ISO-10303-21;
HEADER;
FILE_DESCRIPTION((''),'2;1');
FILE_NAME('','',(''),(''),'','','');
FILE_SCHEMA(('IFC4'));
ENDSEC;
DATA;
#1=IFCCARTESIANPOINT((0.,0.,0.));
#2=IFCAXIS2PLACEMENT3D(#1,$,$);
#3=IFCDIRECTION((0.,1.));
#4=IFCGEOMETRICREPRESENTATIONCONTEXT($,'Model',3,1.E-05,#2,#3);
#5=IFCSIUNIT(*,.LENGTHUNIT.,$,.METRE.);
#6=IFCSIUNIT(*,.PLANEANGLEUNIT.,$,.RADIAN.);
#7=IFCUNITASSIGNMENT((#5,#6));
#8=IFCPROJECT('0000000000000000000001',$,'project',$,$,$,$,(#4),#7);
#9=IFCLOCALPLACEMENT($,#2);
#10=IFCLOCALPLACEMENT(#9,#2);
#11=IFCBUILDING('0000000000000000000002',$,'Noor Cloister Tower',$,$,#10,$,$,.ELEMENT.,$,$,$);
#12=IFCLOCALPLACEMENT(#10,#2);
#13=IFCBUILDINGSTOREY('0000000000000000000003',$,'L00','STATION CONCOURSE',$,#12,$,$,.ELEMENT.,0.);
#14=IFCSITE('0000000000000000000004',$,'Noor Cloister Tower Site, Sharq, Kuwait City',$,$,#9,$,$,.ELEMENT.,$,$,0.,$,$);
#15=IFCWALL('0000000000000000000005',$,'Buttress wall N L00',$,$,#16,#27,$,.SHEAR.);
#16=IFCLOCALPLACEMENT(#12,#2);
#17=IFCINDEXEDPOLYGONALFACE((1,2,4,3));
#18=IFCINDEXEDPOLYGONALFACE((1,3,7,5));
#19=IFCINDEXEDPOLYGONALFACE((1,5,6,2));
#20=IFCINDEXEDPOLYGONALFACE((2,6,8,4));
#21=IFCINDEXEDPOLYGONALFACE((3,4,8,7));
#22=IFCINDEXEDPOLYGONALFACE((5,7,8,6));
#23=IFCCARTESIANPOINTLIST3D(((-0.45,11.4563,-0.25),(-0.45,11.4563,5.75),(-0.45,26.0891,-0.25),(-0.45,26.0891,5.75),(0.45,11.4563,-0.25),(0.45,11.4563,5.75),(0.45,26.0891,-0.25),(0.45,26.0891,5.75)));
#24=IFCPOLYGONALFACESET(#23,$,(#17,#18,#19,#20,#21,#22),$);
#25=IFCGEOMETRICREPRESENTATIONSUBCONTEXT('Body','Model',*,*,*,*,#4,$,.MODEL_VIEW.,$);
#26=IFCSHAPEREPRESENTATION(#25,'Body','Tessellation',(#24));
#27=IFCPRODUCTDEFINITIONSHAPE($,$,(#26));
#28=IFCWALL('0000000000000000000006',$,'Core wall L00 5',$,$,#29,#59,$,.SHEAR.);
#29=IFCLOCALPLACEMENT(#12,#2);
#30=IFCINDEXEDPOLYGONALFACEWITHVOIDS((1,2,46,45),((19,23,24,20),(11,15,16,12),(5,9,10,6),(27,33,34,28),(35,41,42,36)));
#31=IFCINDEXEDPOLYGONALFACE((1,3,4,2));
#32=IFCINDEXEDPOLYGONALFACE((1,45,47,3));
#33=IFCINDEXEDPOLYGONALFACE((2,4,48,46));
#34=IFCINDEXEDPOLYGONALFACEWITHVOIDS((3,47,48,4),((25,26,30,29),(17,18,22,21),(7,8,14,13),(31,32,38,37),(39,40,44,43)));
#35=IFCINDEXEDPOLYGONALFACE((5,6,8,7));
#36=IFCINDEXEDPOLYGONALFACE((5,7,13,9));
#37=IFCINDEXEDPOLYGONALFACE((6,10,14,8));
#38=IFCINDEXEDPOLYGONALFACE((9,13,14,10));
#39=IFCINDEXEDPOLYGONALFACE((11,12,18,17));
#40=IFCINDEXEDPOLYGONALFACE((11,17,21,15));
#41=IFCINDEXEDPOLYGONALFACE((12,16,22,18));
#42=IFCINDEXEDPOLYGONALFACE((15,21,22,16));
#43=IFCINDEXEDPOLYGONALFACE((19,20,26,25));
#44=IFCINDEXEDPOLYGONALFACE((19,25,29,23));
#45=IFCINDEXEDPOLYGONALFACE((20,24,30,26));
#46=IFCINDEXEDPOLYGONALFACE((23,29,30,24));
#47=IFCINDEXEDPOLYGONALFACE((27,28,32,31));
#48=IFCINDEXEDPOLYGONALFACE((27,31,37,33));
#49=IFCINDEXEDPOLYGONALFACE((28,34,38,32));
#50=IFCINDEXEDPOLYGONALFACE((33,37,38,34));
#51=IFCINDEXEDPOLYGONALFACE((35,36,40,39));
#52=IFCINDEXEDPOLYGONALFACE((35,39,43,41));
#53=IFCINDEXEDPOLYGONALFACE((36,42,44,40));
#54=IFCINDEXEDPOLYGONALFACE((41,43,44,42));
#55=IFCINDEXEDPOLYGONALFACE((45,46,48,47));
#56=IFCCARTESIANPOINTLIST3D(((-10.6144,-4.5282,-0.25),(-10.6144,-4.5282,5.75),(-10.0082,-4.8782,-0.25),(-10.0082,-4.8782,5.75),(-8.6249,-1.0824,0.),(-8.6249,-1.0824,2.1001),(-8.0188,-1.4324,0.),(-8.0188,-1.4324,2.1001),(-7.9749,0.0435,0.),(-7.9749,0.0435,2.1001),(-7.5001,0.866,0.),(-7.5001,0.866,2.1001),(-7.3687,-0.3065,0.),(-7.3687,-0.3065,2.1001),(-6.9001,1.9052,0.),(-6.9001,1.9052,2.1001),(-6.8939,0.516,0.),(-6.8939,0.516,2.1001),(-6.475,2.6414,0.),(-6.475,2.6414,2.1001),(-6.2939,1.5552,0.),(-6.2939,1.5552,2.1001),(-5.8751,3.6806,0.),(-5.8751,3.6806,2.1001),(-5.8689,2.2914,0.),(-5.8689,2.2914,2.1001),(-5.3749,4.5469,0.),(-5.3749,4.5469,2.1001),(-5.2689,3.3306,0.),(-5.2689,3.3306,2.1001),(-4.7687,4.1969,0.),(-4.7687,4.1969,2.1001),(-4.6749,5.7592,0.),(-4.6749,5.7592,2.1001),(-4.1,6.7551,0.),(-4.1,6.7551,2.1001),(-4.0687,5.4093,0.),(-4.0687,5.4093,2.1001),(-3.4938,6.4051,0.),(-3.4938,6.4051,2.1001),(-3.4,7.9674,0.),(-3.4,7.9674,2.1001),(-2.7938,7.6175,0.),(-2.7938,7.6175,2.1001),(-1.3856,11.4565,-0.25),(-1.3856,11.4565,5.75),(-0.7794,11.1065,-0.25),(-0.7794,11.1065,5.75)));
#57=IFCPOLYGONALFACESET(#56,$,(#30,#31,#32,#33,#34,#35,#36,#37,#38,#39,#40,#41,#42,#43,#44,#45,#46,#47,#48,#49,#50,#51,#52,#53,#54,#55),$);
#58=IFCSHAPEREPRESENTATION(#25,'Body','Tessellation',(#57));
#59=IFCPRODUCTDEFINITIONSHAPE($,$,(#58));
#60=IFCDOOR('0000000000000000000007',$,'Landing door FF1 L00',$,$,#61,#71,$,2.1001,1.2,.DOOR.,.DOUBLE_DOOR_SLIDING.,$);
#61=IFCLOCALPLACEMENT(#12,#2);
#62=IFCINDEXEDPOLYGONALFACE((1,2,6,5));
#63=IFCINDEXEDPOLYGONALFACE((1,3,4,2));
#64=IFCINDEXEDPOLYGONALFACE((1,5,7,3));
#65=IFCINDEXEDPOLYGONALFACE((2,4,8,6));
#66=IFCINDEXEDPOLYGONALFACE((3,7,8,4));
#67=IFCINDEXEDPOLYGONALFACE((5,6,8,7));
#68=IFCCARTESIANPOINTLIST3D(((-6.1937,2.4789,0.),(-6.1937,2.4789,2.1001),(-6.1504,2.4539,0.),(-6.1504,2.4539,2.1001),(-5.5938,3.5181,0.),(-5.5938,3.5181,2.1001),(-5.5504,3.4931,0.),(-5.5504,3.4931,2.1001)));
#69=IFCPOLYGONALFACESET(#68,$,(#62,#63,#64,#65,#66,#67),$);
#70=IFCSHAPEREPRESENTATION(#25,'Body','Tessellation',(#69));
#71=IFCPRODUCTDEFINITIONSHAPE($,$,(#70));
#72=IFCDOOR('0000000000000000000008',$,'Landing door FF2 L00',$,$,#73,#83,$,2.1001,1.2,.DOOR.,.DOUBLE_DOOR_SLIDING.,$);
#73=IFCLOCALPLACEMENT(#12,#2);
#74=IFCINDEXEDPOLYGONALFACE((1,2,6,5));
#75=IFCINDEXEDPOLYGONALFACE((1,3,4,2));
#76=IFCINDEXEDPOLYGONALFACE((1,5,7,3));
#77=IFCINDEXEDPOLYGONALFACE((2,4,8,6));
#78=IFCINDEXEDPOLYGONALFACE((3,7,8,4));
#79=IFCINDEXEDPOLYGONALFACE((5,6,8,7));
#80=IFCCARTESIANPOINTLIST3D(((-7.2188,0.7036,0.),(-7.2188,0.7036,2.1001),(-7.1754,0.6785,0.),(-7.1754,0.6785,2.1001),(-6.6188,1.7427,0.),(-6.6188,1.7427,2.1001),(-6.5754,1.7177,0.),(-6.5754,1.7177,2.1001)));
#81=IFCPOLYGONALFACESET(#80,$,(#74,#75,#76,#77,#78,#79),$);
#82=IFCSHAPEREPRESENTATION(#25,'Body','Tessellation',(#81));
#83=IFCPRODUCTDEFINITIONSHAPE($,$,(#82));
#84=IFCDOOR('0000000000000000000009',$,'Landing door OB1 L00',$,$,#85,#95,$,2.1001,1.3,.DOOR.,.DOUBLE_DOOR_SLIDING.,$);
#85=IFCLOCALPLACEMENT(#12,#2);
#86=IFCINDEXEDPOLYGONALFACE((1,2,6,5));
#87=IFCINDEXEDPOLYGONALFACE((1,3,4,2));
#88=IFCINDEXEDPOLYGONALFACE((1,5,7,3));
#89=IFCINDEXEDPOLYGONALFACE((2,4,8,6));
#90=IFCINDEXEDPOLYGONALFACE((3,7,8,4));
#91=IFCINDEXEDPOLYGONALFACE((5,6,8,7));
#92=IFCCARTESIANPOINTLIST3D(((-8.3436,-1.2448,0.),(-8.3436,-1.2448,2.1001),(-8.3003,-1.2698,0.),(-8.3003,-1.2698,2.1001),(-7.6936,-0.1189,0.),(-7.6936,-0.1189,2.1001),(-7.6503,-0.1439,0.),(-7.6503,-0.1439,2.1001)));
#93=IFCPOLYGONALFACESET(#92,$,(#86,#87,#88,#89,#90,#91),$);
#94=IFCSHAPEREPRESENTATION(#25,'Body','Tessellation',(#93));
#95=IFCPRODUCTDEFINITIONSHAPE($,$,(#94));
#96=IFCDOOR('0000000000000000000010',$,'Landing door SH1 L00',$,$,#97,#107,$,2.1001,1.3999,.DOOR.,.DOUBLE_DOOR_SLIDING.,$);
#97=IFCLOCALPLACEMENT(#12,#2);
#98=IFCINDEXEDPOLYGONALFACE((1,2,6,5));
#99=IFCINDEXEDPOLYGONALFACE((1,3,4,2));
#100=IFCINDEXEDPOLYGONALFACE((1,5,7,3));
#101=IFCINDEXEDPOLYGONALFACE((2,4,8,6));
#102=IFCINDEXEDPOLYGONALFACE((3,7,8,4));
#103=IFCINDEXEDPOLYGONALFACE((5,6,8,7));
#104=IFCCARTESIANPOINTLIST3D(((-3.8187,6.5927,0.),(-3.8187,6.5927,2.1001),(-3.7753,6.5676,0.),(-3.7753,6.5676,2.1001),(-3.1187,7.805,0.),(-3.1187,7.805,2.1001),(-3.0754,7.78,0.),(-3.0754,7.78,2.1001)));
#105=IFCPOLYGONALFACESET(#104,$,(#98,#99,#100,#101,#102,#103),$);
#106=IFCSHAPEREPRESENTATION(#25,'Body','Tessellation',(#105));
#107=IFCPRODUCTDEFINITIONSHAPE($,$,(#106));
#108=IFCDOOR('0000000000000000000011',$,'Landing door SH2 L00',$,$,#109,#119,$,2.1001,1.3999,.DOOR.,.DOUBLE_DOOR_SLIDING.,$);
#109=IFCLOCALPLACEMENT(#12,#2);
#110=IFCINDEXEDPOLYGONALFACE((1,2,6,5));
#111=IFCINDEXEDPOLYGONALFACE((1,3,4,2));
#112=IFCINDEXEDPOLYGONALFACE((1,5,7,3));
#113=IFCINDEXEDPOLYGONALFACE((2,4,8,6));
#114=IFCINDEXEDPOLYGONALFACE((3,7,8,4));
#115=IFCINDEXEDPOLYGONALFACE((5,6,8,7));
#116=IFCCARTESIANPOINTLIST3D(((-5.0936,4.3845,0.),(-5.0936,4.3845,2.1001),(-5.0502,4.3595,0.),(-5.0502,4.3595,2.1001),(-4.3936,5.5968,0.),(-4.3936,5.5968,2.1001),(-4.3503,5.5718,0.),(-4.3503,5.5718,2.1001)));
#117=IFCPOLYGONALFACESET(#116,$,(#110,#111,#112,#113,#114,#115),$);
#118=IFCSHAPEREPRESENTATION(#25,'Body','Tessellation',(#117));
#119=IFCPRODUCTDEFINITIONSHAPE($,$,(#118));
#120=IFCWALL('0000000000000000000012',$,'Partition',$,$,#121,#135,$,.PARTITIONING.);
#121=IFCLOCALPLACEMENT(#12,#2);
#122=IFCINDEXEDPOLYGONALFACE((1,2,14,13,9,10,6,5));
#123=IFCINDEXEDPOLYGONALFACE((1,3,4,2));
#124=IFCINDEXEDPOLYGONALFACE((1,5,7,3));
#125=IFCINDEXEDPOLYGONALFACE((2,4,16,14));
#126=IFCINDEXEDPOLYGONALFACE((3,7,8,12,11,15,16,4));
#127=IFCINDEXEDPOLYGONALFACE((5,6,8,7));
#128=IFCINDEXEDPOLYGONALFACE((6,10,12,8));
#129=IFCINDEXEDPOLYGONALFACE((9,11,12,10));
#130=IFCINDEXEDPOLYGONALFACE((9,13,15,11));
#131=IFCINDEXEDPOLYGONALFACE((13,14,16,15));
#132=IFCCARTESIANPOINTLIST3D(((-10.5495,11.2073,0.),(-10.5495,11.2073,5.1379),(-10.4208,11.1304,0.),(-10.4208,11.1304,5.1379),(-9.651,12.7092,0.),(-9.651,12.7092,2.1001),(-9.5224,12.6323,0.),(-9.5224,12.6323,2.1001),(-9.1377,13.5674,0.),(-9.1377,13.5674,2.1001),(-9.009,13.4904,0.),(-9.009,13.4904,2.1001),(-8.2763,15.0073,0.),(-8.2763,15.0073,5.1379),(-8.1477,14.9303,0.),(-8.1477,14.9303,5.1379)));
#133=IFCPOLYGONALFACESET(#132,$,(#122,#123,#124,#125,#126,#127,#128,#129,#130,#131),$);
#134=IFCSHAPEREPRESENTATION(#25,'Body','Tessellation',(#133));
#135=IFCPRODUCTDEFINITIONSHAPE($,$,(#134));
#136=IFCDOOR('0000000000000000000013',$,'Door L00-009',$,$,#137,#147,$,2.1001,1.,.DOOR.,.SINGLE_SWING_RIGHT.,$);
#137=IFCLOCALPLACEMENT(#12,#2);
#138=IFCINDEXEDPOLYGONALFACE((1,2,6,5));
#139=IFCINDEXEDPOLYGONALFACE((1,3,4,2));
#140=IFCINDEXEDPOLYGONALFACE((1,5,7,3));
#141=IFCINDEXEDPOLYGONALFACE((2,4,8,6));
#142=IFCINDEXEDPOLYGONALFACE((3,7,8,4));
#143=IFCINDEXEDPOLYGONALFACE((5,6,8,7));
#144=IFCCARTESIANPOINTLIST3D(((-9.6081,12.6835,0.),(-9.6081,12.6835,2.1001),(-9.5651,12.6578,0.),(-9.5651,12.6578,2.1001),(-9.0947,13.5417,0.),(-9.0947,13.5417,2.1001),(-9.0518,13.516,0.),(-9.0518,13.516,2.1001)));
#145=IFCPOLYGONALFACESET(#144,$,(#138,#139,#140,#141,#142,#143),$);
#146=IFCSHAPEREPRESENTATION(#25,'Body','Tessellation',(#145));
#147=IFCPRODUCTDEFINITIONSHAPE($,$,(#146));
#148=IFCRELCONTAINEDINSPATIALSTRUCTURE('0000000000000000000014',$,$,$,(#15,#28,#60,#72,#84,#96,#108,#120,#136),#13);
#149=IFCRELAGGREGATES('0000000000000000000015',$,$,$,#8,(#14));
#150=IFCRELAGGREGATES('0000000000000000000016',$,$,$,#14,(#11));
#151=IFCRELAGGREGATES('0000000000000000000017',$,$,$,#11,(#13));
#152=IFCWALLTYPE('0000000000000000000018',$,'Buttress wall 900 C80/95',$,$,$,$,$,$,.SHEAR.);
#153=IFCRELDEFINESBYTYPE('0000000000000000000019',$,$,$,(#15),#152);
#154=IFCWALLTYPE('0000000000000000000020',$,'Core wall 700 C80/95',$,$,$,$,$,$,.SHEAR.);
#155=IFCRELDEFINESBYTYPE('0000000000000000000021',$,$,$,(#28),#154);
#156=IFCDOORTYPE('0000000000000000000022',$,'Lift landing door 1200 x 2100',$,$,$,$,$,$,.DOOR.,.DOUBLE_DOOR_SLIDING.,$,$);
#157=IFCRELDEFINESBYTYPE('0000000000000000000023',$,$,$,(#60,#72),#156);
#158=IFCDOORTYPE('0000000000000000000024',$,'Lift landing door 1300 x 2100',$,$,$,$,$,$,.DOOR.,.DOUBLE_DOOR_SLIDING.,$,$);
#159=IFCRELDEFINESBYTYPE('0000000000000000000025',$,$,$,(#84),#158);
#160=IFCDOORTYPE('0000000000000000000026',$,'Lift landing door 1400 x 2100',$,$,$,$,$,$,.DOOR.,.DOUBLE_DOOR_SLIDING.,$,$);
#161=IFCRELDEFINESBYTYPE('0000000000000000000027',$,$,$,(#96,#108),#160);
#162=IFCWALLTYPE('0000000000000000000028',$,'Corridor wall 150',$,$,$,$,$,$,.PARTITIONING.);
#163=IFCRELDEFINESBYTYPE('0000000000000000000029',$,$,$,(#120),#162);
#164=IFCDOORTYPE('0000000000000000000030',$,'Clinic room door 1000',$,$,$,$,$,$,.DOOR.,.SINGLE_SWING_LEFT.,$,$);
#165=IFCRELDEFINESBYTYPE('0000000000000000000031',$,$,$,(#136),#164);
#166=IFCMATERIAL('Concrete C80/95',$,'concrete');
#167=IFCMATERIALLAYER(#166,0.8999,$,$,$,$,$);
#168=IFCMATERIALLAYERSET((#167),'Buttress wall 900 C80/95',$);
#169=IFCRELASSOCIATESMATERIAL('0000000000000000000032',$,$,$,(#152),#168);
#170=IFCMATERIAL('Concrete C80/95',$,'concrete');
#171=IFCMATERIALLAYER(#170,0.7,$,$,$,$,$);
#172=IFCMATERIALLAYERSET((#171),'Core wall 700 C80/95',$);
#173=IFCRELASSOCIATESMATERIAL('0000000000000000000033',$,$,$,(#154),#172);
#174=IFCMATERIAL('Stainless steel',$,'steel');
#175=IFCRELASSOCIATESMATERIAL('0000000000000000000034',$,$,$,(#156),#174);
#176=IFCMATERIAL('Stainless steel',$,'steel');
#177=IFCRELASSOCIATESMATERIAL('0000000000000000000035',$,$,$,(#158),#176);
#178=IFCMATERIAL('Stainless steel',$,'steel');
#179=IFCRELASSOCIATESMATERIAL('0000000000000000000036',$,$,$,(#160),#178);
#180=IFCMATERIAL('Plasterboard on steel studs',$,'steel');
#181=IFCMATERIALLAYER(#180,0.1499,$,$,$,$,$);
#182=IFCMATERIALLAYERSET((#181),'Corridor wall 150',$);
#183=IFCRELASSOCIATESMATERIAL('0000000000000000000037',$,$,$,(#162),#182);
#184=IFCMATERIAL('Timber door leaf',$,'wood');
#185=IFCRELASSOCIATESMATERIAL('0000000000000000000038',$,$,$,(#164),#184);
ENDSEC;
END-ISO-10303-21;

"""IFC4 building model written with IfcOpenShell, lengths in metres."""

from ifc_helpers import new_model, si_unit, direction, frame, frame_2d, origin, place, context, subcontext, project, spatial, rectangle, extrude, material, layer, layer_set, type_object, element, fill, save


model = new_model("IFC4")

# Units and contexts
model_context = context("Model", 3, precision=1e-05, world=origin(), true_north=direction((0.0, 1.0)))
body_context = subcontext(model_context, "Body", "Model", "MODEL_VIEW")
ifc_project = project(units=[si_unit("LENGTHUNIT", "METRE"), si_unit("PLANEANGLEUNIT", "RADIAN")], contexts=[model_context])

# Site, building, storey
site_placement = place(None, origin())
site = spatial("IfcSite", under=ifc_project, at=site_placement, Name="Noor Cloister Tower Site, Sharq, Kuwait City", CompositionType="ELEMENT", RefElevation=0.0)
building_placement = place(site_placement, origin())
building = spatial("IfcBuilding", under=site, at=building_placement, Name="Noor Cloister Tower", CompositionType="ELEMENT")
storey_placement = place(building_placement, origin())
storey = spatial("IfcBuildingStorey", under=building, at=storey_placement, Name="L00", Description="STATION CONCOURSE", CompositionType="ELEMENT", Elevation=0.0)

# Wall
ifc_material_1 = material(Name="Concrete C80/95", Category="concrete")
ifc_layer_1 = layer(ifc_material_1, 0.8999)
ifc_layer_set_1 = layer_set([ifc_layer_1], Name="Buttress wall 900 C80/95")
wall_type_1 = type_object("IfcWallType", Name="Buttress wall 900 C80/95", PredefinedType="SHEAR", material=ifc_layer_set_1)
wall_1_placement = place(storey_placement, frame((0.0, 11.4563, -0.25), z_axis=(0.0, 0.0, 1.0), x_axis=(0.0, 1.0, 0.0)))
element("IfcWall", 1, at=wall_1_placement, inside=storey, type_object=wall_type_1, Name="Buttress wall N L00", PredefinedType="SHEAR", context=body_context, shape_type="SweptSolid", body=[
    extrude(rectangle(XDim=14.6328, YDim=0.8999, at=frame_2d((7.3164, 0.0))), origin(), (0.0, 0.0, 1.0), 6.0),
])

# Wall, openings, doors
ifc_material_2 = material(Name="Concrete C80/95", Category="concrete")
ifc_layer_2 = layer(ifc_material_2, 0.7)
ifc_layer_set_2 = layer_set([ifc_layer_2], Name="Core wall 700 C80/95")
wall_type_2 = type_object("IfcWallType", Name="Core wall 700 C80/95", PredefinedType="SHEAR", material=ifc_layer_set_2)
wall_2_placement = place(storey_placement, frame((-1.0825, 11.2815, -0.25), z_axis=(0.0, 0.0, 1.0), x_axis=(-0.500001, -0.866025, 0.0)))
wall_2 = element("IfcWall", 2, at=wall_2_placement, inside=storey, type_object=wall_type_2, Name="Core wall L00 5", PredefinedType="SHEAR", context=body_context, shape_type="SweptSolid", body=[
    extrude(rectangle(XDim=18.4575, YDim=0.7, at=frame_2d((9.2288, 0.0))), origin(), (0.0, 0.0, 1.0), 6.0),
])
opening_1_placement = place(wall_2_placement, frame((4.0288, 0.0, 0.25)))
opening_1 = element("IfcOpeningElement", 3, at=opening_1_placement, cuts=wall_2, PredefinedType="OPENING", context=body_context, shape_type="SweptSolid", body=[
    extrude(rectangle(XDim=1.3999, YDim=2.1001, at=frame_2d((0.7, 1.05))), frame((0.0, 0.3599, 0.0), z_axis=(0.0, -1.0, 0.0), x_axis=(1.0, 0.0, 0.0)), (0.0, 0.0, 1.0), 0.72),
])
opening_2_placement = place(wall_2_placement, frame((6.5786, 0.0, 0.25)))
opening_2 = element("IfcOpeningElement", 4, at=opening_2_placement, cuts=wall_2, PredefinedType="OPENING", context=body_context, shape_type="SweptSolid", body=[
    extrude(rectangle(XDim=1.3999, YDim=2.1001, at=frame_2d((0.7, 1.05))), frame((0.0, 0.3599, 0.0), z_axis=(0.0, -1.0, 0.0), x_axis=(1.0, 0.0, 0.0)), (0.0, 0.0, 1.0), 0.72),
])
opening_3_placement = place(wall_2_placement, frame((8.9788, 0.0, 0.25)))
opening_3 = element("IfcOpeningElement", 5, at=opening_3_placement, cuts=wall_2, PredefinedType="OPENING", context=body_context, shape_type="SweptSolid", body=[
    extrude(rectangle(XDim=1.2, YDim=2.1001, at=frame_2d((0.6001, 1.05))), frame((0.0, 0.3599, 0.0), z_axis=(0.0, -1.0, 0.0), x_axis=(1.0, 0.0, 0.0)), (0.0, 0.0, 1.0), 0.72),
])
opening_4_placement = place(wall_2_placement, frame((11.0288, 0.0, 0.25)))
opening_4 = element("IfcOpeningElement", 6, at=opening_4_placement, cuts=wall_2, PredefinedType="OPENING", context=body_context, shape_type="SweptSolid", body=[
    extrude(rectangle(XDim=1.2, YDim=2.1001, at=frame_2d((0.6001, 1.05))), frame((0.0, 0.3599, 0.0), z_axis=(0.0, -1.0, 0.0), x_axis=(1.0, 0.0, 0.0)), (0.0, 0.0, 1.0), 0.72),
])
opening_5_placement = place(wall_2_placement, frame((13.1787, 0.0, 0.25)))
opening_5 = element("IfcOpeningElement", 7, at=opening_5_placement, cuts=wall_2, PredefinedType="OPENING", context=body_context, shape_type="SweptSolid", body=[
    extrude(rectangle(XDim=1.3, YDim=2.1001, at=frame_2d((0.6499, 1.05))), frame((0.0, 0.3599, 0.0), z_axis=(0.0, -1.0, 0.0), x_axis=(1.0, 0.0, 0.0)), (0.0, 0.0, 1.0), 0.72),
])
ifc_material_3 = material(Name="Stainless steel", Category="steel")
door_type_1 = type_object("IfcDoorType", Name="Lift landing door 1200 x 2100", OperationType="DOUBLE_DOOR_SLIDING", PredefinedType="DOOR", material=ifc_material_3)
door_1_placement = place(opening_3_placement, origin())
door_1 = element("IfcDoor", 8, at=door_1_placement, inside=storey, type_object=door_type_1, Name="Landing door FF1 L00", OperationType="DOUBLE_DOOR_SLIDING", OverallHeight=2.1001, OverallWidth=1.2, PredefinedType="DOOR", context=body_context, shape_type="SweptSolid", body=[
    extrude(rectangle(XDim=1.2, YDim=2.1001, at=frame_2d((0.6001, 1.05))), frame((0.0, 0.0249, 0.0), z_axis=(0.0, -1.0, 0.0), x_axis=(1.0, 0.0, 0.0)), (0.0, 0.0, 1.0), 0.05),
])
fill(opening_3, door_1)
door_2_placement = place(opening_4_placement, origin())
door_2 = element("IfcDoor", 9, at=door_2_placement, inside=storey, type_object=door_type_1, Name="Landing door FF2 L00", OperationType="DOUBLE_DOOR_SLIDING", OverallHeight=2.1001, OverallWidth=1.2, PredefinedType="DOOR", context=body_context, shape_type="SweptSolid", body=[
    extrude(rectangle(XDim=1.2, YDim=2.1001, at=frame_2d((0.6001, 1.05))), frame((0.0, 0.0249, 0.0), z_axis=(0.0, -1.0, 0.0), x_axis=(1.0, 0.0, 0.0)), (0.0, 0.0, 1.0), 0.05),
])
fill(opening_4, door_2)
ifc_material_4 = material(Name="Stainless steel", Category="steel")
door_type_2 = type_object("IfcDoorType", Name="Lift landing door 1300 x 2100", OperationType="DOUBLE_DOOR_SLIDING", PredefinedType="DOOR", material=ifc_material_4)
door_3_placement = place(opening_5_placement, origin())
door_3 = element("IfcDoor", 10, at=door_3_placement, inside=storey, type_object=door_type_2, Name="Landing door OB1 L00", OperationType="DOUBLE_DOOR_SLIDING", OverallHeight=2.1001, OverallWidth=1.3, PredefinedType="DOOR", context=body_context, shape_type="SweptSolid", body=[
    extrude(rectangle(XDim=1.3, YDim=2.1001, at=frame_2d((0.6499, 1.05))), frame((0.0, 0.0249, 0.0), z_axis=(0.0, -1.0, 0.0), x_axis=(1.0, 0.0, 0.0)), (0.0, 0.0, 1.0), 0.05),
])
fill(opening_5, door_3)
ifc_material_5 = material(Name="Stainless steel", Category="steel")
door_type_3 = type_object("IfcDoorType", Name="Lift landing door 1400 x 2100", OperationType="DOUBLE_DOOR_SLIDING", PredefinedType="DOOR", material=ifc_material_5)
door_4_placement = place(opening_1_placement, origin())
door_4 = element("IfcDoor", 11, at=door_4_placement, inside=storey, type_object=door_type_3, Name="Landing door SH1 L00", OperationType="DOUBLE_DOOR_SLIDING", OverallHeight=2.1001, OverallWidth=1.3999, PredefinedType="DOOR", context=body_context, shape_type="SweptSolid", body=[
    extrude(rectangle(XDim=1.3999, YDim=2.1001, at=frame_2d((0.7, 1.05))), frame((0.0, 0.0249, 0.0), z_axis=(0.0, -1.0, 0.0), x_axis=(1.0, 0.0, 0.0)), (0.0, 0.0, 1.0), 0.05),
])
fill(opening_1, door_4)
door_5_placement = place(opening_2_placement, origin())
door_5 = element("IfcDoor", 12, at=door_5_placement, inside=storey, type_object=door_type_3, Name="Landing door SH2 L00", OperationType="DOUBLE_DOOR_SLIDING", OverallHeight=2.1001, OverallWidth=1.3999, PredefinedType="DOOR", context=body_context, shape_type="SweptSolid", body=[
    extrude(rectangle(XDim=1.3999, YDim=2.1001, at=frame_2d((0.7, 1.05))), frame((0.0, 0.0249, 0.0), z_axis=(0.0, -1.0, 0.0), x_axis=(1.0, 0.0, 0.0)), (0.0, 0.0, 1.0), 0.05),
])
fill(opening_2, door_5)

# Wall, opening, door
ifc_material_6 = material(Name="Plasterboard on steel studs", Category="steel")
ifc_layer_3 = layer(ifc_material_6, 0.1499)
ifc_layer_set_3 = layer_set([ifc_layer_3], Name="Corridor wall 150")
wall_type_3 = type_object("IfcWallType", Name="Corridor wall 150", PredefinedType="PARTITIONING", material=ifc_layer_set_3)
wall_3_placement = place(storey_placement, frame((-10.4851, 11.1689, 0.0), z_axis=(0.0, 0.0, 1.0), x_axis=(0.51336, 0.858173, 0.0)))
wall_3 = element("IfcWall", 13, at=wall_3_placement, inside=storey, type_object=wall_type_3, Name="Partition", PredefinedType="PARTITIONING", context=body_context, shape_type="SweptSolid", body=[
    extrude(rectangle(XDim=4.428, YDim=0.1499, at=frame_2d((2.2139, 0.0))), origin(), (0.0, 0.0, 1.0), 5.1379),
])
opening_6_placement = place(wall_3_placement, frame((1.75, 0.0, 0.0)))
opening_6 = element("IfcOpeningElement", 14, at=opening_6_placement, cuts=wall_3, PredefinedType="OPENING", context=body_context, shape_type="SweptSolid", body=[
    extrude(rectangle(XDim=1.0, YDim=2.1001, at=frame_2d((0.5, 1.05))), frame((0.0, 0.085, 0.0), z_axis=(0.0, -1.0, 0.0), x_axis=(1.0, 0.0, 0.0)), (0.0, 0.0, 1.0), 0.1699),
])
ifc_material_7 = material(Name="Timber door leaf", Category="wood")
door_type_4 = type_object("IfcDoorType", Name="Clinic room door 1000", OperationType="SINGLE_SWING_LEFT", PredefinedType="DOOR", material=ifc_material_7)
door_6_placement = place(opening_6_placement, origin())
door_6 = element("IfcDoor", 15, at=door_6_placement, inside=storey, type_object=door_type_4, Name="Door L00-009", OperationType="SINGLE_SWING_RIGHT", OverallHeight=2.1001, OverallWidth=1.0, PredefinedType="DOOR", context=body_context, shape_type="SweptSolid", body=[
    extrude(rectangle(XDim=1.0, YDim=2.1001, at=frame_2d((0.5, 1.05))), frame((0.0, 0.0249, 0.0), z_axis=(0.0, -1.0, 0.0), x_axis=(1.0, 0.0, 0.0)), (0.0, 0.0, 1.0), 0.05),
])
fill(opening_6, door_6)

save(model, "model.ifc")
